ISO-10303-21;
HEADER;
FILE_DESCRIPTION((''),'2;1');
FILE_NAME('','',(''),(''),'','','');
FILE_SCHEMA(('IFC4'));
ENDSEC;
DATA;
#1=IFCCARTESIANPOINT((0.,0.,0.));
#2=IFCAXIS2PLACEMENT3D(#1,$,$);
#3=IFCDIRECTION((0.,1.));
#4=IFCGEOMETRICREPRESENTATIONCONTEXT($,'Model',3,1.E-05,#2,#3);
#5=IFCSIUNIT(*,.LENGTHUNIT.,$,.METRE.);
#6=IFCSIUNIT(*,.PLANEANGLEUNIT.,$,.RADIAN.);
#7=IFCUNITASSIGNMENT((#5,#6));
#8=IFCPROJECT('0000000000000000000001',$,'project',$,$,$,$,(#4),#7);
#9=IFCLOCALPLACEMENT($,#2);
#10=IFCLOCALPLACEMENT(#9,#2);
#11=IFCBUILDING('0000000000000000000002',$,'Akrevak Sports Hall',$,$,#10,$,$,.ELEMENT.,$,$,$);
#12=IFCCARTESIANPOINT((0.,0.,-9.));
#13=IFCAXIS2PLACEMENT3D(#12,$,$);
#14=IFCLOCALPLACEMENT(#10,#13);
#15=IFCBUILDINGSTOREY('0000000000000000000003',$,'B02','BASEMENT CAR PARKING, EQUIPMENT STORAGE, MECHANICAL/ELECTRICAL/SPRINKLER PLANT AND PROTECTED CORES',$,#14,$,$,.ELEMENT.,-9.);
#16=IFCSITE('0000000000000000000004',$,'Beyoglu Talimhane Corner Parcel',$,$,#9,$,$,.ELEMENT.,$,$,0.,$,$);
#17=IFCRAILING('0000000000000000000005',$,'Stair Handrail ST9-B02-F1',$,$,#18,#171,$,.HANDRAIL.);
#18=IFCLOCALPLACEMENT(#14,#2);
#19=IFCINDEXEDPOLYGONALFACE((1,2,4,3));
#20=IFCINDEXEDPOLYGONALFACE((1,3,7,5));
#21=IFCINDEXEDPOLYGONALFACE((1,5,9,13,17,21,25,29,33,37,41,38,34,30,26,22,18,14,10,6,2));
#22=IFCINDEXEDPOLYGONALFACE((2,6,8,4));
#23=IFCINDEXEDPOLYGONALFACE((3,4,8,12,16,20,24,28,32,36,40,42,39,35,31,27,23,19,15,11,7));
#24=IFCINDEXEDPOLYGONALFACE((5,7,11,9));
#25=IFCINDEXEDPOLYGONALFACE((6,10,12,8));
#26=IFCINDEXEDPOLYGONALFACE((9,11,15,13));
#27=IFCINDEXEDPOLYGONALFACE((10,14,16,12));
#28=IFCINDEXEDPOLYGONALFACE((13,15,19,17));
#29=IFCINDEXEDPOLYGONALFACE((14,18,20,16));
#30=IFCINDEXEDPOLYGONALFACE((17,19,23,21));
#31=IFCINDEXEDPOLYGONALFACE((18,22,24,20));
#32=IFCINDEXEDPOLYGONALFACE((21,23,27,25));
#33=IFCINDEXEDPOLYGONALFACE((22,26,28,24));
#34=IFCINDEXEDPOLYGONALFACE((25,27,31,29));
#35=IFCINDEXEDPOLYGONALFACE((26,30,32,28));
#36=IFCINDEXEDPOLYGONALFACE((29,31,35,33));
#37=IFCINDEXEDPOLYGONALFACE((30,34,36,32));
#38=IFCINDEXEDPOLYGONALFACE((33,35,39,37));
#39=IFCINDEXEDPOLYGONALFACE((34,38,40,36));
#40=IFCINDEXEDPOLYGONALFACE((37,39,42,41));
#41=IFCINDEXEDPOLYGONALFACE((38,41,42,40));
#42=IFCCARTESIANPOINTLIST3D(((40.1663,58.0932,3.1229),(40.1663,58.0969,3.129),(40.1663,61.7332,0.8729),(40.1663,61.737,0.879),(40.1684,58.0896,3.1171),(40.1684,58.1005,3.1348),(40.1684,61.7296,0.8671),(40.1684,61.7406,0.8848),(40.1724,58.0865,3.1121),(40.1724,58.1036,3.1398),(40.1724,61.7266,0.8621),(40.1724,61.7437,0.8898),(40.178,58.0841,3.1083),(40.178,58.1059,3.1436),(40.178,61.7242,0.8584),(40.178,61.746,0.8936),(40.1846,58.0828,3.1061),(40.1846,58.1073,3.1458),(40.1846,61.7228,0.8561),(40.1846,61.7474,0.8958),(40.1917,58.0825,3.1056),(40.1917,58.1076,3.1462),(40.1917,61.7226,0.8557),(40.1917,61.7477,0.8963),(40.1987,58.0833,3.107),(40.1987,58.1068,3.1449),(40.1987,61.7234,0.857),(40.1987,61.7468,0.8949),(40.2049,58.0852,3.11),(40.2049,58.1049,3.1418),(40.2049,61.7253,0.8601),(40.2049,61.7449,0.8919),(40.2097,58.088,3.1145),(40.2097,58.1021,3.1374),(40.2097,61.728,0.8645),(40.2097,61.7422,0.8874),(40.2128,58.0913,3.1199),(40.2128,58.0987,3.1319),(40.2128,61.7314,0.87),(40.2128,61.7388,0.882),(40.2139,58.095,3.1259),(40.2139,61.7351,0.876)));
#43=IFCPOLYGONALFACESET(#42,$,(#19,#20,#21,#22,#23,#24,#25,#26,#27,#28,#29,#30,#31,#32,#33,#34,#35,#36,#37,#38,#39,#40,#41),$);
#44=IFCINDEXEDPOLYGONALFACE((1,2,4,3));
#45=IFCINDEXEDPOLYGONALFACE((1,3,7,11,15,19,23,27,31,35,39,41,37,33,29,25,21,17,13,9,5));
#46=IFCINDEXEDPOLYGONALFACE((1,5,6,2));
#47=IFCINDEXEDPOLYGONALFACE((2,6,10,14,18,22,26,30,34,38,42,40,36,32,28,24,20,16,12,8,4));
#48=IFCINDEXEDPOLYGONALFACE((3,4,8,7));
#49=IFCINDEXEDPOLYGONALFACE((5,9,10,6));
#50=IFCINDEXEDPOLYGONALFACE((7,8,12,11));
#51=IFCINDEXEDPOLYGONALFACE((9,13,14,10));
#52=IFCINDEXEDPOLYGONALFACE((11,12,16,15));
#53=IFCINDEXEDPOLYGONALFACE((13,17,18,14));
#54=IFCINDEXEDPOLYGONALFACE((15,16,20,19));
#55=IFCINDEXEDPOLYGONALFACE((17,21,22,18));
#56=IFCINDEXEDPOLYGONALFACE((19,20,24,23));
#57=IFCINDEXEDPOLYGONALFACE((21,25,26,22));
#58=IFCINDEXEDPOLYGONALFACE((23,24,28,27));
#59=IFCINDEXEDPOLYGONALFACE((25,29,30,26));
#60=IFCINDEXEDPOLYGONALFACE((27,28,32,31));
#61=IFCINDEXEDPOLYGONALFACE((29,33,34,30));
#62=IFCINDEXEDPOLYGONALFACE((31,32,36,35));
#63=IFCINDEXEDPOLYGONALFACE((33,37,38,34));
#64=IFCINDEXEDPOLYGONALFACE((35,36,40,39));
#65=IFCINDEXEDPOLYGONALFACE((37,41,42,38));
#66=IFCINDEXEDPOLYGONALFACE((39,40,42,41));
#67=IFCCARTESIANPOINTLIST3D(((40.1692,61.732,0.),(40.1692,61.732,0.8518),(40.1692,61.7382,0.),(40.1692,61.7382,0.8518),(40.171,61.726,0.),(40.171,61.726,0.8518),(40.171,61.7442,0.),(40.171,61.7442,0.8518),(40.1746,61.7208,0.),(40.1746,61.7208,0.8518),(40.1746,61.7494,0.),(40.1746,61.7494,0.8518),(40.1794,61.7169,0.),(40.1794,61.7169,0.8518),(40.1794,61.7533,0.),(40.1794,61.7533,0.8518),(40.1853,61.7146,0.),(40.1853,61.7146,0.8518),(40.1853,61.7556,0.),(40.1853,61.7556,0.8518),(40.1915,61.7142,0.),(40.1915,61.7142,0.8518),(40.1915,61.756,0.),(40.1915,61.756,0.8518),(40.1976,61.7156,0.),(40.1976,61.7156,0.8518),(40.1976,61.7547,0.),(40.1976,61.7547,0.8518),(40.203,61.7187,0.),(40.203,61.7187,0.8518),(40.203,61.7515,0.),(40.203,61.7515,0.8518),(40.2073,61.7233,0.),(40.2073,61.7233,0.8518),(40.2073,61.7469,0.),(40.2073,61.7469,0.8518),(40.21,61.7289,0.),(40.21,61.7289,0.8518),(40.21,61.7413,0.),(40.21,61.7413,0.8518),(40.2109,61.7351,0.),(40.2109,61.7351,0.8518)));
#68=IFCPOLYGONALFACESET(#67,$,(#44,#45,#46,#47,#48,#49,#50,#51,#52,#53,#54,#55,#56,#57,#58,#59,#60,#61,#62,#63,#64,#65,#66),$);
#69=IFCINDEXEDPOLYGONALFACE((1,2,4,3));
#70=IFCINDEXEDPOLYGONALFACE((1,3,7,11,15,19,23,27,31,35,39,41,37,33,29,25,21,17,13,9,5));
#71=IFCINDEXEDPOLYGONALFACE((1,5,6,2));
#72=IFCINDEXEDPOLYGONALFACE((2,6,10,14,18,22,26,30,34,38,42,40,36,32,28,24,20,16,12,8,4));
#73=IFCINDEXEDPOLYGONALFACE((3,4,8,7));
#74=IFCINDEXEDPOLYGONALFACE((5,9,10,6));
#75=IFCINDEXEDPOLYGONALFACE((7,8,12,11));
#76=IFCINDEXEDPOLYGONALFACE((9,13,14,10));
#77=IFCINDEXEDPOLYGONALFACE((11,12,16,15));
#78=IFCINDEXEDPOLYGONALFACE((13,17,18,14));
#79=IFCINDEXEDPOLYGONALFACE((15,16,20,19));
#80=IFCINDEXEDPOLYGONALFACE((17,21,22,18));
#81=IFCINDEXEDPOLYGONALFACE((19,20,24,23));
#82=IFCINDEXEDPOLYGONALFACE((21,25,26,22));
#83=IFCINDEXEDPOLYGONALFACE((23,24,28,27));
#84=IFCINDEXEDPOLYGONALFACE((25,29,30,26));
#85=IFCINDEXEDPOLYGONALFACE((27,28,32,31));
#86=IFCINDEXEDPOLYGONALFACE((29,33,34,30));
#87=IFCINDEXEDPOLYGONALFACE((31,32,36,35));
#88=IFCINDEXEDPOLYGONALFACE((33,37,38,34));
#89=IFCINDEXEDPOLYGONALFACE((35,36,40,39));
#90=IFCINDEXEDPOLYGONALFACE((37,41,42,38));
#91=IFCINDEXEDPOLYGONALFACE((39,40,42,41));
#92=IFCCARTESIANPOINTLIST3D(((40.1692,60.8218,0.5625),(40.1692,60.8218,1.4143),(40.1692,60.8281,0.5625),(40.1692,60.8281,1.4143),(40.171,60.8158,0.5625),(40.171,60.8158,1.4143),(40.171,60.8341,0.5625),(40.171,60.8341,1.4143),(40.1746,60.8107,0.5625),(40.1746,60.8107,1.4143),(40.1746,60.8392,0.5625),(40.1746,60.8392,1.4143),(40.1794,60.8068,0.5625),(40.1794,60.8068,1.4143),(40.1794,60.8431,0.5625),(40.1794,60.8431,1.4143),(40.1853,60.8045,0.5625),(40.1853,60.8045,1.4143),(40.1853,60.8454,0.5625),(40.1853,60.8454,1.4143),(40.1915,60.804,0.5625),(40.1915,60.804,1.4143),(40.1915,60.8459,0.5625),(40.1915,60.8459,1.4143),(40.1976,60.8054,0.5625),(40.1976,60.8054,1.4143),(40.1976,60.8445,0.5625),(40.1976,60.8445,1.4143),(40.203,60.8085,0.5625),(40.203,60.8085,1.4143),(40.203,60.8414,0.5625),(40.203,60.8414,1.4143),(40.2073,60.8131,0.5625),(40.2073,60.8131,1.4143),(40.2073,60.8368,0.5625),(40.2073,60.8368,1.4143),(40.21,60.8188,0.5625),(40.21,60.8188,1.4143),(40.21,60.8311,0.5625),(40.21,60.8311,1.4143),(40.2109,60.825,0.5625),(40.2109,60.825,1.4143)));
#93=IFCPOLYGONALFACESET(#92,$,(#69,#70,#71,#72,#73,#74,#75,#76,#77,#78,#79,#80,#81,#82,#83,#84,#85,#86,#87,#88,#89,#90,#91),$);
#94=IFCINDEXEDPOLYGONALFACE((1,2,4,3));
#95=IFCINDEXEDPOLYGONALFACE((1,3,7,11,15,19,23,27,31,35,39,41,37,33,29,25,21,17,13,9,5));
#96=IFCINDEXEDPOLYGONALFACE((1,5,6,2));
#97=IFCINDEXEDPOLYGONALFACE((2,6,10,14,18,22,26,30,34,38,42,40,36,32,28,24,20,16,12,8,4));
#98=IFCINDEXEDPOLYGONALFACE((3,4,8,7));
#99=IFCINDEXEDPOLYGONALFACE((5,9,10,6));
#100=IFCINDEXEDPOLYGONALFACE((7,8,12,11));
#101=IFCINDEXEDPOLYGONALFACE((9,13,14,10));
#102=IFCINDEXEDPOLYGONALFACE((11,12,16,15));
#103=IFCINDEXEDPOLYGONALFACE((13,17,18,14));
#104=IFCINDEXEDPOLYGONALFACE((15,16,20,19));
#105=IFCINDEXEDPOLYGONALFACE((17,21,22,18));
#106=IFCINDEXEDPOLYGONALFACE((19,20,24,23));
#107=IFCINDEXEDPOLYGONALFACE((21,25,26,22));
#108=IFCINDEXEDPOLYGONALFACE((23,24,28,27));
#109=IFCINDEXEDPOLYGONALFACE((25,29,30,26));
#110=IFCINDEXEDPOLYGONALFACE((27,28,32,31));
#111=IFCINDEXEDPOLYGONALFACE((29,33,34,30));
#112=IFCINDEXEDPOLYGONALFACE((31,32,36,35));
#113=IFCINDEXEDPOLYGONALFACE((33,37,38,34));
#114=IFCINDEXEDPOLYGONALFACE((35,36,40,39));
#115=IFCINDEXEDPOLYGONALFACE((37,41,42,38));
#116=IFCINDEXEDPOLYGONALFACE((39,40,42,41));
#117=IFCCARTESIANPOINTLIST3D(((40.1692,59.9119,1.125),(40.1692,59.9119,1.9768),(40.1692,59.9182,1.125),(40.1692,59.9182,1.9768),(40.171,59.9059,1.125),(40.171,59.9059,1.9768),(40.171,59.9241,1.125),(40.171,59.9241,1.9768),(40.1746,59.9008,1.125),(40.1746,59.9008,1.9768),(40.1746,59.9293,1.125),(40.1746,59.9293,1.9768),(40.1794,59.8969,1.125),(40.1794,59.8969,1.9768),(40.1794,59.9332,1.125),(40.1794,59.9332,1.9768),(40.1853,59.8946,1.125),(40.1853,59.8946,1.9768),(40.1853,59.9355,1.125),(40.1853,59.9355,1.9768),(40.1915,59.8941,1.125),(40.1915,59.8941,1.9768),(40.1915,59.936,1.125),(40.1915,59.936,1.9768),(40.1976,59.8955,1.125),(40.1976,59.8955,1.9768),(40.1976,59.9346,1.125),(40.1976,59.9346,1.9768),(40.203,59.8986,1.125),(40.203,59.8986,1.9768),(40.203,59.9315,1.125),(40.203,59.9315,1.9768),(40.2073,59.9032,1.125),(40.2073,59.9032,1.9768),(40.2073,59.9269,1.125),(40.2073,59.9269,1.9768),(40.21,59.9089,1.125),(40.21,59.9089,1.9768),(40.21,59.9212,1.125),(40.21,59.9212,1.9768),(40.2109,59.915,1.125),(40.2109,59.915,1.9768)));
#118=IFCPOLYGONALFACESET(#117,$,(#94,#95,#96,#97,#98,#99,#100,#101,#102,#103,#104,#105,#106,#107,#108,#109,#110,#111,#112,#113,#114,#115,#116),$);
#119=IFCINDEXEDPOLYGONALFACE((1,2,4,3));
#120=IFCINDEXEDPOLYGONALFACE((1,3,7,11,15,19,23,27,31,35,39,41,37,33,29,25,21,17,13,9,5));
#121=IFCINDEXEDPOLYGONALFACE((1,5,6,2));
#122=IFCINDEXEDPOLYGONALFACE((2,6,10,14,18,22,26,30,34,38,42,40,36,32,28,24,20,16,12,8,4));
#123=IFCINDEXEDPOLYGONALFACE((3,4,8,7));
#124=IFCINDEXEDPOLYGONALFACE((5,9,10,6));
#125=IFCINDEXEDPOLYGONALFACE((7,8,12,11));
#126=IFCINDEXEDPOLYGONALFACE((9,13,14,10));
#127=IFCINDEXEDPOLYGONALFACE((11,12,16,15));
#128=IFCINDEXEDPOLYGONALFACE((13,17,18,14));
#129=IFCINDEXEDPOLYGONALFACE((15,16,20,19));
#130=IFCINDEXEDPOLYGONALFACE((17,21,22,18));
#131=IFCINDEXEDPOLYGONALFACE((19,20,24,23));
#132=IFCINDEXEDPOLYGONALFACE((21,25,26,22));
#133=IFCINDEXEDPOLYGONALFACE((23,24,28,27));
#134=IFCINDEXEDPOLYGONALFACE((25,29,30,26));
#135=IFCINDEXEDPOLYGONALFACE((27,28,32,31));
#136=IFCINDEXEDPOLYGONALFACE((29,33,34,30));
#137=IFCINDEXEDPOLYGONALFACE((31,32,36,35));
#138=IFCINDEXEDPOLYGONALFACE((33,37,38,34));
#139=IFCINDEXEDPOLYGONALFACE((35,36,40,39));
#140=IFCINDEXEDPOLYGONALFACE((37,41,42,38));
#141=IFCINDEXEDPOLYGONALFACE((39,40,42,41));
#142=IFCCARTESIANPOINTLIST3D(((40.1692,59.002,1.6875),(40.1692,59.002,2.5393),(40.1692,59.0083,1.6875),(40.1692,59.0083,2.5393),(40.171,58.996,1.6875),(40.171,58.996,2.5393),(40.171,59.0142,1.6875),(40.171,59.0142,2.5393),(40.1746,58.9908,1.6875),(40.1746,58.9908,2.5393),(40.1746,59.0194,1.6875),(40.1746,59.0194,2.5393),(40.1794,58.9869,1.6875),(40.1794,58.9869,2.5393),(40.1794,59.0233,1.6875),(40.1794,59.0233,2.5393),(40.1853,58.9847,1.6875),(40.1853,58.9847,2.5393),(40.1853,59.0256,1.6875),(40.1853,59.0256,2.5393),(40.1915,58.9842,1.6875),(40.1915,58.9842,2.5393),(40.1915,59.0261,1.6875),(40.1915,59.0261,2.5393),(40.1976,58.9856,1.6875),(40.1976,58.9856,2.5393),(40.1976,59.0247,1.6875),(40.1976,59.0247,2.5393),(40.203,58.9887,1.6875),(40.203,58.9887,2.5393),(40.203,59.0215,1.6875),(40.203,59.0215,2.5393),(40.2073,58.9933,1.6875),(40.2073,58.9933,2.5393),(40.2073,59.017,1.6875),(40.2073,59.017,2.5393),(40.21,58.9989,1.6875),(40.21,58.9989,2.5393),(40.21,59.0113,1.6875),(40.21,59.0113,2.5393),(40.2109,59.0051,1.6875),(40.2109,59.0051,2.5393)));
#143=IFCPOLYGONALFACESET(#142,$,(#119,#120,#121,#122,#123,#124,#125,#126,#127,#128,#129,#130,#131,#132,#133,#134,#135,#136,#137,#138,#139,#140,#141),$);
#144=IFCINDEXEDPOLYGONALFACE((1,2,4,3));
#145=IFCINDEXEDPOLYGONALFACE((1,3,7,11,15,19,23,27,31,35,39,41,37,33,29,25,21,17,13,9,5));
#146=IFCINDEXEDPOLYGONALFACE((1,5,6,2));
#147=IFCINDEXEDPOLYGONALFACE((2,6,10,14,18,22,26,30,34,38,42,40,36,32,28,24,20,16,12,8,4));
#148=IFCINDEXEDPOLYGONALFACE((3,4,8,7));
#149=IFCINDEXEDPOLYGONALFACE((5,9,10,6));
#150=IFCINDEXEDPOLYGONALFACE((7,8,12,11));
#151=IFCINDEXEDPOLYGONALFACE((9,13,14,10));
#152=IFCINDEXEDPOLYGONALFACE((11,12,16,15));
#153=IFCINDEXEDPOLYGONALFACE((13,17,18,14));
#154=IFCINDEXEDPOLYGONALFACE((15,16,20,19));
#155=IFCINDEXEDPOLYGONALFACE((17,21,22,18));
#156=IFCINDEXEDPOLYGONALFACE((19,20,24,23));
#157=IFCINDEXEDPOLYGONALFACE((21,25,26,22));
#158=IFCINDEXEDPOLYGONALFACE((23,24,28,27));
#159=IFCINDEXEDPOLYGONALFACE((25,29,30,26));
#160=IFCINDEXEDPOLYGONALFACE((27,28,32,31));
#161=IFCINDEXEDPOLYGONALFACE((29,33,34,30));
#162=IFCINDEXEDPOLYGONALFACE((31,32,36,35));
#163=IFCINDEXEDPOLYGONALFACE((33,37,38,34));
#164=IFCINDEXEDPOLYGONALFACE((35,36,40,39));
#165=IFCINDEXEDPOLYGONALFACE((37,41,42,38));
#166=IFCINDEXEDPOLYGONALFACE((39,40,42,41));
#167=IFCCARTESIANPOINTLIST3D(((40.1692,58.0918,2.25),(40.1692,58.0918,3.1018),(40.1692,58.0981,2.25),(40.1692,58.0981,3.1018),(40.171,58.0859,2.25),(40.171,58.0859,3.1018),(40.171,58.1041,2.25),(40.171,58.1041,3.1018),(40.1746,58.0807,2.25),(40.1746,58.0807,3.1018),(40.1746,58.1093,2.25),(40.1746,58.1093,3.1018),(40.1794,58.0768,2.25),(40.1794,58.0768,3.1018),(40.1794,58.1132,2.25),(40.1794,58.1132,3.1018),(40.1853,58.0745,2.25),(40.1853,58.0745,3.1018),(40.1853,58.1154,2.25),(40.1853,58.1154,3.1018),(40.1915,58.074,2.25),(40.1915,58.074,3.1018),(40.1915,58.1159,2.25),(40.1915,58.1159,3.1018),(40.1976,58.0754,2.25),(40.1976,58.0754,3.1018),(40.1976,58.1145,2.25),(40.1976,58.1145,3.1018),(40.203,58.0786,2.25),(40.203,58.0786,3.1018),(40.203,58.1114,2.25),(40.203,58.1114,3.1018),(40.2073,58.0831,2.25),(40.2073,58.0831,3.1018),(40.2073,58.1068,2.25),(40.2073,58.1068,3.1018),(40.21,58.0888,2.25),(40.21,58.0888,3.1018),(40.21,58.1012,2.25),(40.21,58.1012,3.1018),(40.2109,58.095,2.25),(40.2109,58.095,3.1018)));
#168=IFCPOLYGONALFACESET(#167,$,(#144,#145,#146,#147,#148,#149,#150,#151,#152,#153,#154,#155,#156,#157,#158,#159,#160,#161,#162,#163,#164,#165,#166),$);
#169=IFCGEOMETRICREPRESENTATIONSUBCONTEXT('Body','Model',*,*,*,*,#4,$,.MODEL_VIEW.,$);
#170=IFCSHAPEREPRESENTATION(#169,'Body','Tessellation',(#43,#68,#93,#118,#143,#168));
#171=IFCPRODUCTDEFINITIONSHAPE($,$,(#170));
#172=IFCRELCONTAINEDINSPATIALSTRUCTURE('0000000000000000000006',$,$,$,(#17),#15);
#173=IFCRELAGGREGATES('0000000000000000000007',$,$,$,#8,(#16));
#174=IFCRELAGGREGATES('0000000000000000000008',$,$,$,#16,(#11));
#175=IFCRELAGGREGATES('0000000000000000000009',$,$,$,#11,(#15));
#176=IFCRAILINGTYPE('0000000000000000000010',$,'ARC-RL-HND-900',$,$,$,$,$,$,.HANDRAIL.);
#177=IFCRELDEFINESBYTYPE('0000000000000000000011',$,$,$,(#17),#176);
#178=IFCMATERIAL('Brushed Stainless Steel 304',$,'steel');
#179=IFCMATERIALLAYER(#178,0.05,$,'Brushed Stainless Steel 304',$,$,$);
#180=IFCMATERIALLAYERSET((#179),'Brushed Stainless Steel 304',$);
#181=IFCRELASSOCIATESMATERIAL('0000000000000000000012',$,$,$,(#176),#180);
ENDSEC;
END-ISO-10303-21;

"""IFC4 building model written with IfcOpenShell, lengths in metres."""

from ifc_helpers import new_model, si_unit, direction, frame, origin, origin_2d, place, context, subcontext, project, spatial, circle, extrude, material, layer, layer_set, type_object, element, save


model = new_model("IFC4")

# Units and contexts
model_context = context("Model", 3, precision=1e-05, world=origin(), true_north=direction((0.0, 1.0)))
body_context = subcontext(model_context, "Body", "Model", "MODEL_VIEW")
ifc_project = project(units=[si_unit("LENGTHUNIT", "METRE"), si_unit("PLANEANGLEUNIT", "RADIAN")], contexts=[model_context])

# Site, building, storey
site_placement = place(None, origin())
site = spatial("IfcSite", under=ifc_project, at=site_placement, Name="Beyoglu Talimhane Corner Parcel", CompositionType="ELEMENT", RefElevation=0.0)
building_placement = place(site_placement, origin())
building = spatial("IfcBuilding", under=site, at=building_placement, Name="Akrevak Sports Hall", CompositionType="ELEMENT")
storey_placement = place(building_placement, frame((0.0, 0.0, -9.0)))
storey = spatial("IfcBuildingStorey", under=building, at=storey_placement, Name="B02", Description="BASEMENT CAR PARKING, EQUIPMENT STORAGE, MECHANICAL/ELECTRICAL/SPRINKLER PLANT AND PROTECTED CORES", CompositionType="ELEMENT", Elevation=-9.0)

# Railing
ifc_material_1 = material(Name="Brushed Stainless Steel 304", Category="steel")
ifc_layer_1 = layer(ifc_material_1, 0.05, Name="Brushed Stainless Steel 304")
ifc_layer_set_1 = layer_set([ifc_layer_1], Name="Brushed Stainless Steel 304")
railing_type_1 = type_object("IfcRailingType", Name="ARC-RL-HND-900", PredefinedType="HANDRAIL", material=ifc_layer_set_1)
railing_1_placement = place(storey_placement, frame((40.1899, 61.7351, 0.0)))
element("IfcRailing", 1, at=railing_1_placement, inside=storey, type_object=railing_type_1, Name="Stair Handrail ST9-B02-F1", PredefinedType="HANDRAIL", context=body_context, shape_type="SweptSolid", body=[
    extrude(circle(Radius=0.0239, at=origin_2d()), frame((0.0, 0.0, 0.876), z_axis=(0.0, -0.850622, 0.525777), x_axis=(1.0, 0.0, 0.0)), (0.0, 0.0, 1.0), 4.2793),
    extrude(circle(Radius=0.021, at=origin_2d()), origin(), (0.0, 0.0, 1.0), 0.8518),
    extrude(circle(Radius=0.021, at=origin_2d()), frame((0.0, -0.9102, 0.5625)), (0.0, 0.0, 1.0), 0.8518),
    extrude(circle(Radius=0.021, at=origin_2d()), frame((0.0, -1.8201, 1.125)), (0.0, 0.0, 1.0), 0.8518),
    extrude(circle(Radius=0.021, at=origin_2d()), frame((0.0, -2.73, 1.6875)), (0.0, 0.0, 1.0), 0.8518),
    extrude(circle(Radius=0.021, at=origin_2d()), frame((0.0, -3.6401, 2.25)), (0.0, 0.0, 1.0), 0.8518),
])

save(model, "model.ifc")
